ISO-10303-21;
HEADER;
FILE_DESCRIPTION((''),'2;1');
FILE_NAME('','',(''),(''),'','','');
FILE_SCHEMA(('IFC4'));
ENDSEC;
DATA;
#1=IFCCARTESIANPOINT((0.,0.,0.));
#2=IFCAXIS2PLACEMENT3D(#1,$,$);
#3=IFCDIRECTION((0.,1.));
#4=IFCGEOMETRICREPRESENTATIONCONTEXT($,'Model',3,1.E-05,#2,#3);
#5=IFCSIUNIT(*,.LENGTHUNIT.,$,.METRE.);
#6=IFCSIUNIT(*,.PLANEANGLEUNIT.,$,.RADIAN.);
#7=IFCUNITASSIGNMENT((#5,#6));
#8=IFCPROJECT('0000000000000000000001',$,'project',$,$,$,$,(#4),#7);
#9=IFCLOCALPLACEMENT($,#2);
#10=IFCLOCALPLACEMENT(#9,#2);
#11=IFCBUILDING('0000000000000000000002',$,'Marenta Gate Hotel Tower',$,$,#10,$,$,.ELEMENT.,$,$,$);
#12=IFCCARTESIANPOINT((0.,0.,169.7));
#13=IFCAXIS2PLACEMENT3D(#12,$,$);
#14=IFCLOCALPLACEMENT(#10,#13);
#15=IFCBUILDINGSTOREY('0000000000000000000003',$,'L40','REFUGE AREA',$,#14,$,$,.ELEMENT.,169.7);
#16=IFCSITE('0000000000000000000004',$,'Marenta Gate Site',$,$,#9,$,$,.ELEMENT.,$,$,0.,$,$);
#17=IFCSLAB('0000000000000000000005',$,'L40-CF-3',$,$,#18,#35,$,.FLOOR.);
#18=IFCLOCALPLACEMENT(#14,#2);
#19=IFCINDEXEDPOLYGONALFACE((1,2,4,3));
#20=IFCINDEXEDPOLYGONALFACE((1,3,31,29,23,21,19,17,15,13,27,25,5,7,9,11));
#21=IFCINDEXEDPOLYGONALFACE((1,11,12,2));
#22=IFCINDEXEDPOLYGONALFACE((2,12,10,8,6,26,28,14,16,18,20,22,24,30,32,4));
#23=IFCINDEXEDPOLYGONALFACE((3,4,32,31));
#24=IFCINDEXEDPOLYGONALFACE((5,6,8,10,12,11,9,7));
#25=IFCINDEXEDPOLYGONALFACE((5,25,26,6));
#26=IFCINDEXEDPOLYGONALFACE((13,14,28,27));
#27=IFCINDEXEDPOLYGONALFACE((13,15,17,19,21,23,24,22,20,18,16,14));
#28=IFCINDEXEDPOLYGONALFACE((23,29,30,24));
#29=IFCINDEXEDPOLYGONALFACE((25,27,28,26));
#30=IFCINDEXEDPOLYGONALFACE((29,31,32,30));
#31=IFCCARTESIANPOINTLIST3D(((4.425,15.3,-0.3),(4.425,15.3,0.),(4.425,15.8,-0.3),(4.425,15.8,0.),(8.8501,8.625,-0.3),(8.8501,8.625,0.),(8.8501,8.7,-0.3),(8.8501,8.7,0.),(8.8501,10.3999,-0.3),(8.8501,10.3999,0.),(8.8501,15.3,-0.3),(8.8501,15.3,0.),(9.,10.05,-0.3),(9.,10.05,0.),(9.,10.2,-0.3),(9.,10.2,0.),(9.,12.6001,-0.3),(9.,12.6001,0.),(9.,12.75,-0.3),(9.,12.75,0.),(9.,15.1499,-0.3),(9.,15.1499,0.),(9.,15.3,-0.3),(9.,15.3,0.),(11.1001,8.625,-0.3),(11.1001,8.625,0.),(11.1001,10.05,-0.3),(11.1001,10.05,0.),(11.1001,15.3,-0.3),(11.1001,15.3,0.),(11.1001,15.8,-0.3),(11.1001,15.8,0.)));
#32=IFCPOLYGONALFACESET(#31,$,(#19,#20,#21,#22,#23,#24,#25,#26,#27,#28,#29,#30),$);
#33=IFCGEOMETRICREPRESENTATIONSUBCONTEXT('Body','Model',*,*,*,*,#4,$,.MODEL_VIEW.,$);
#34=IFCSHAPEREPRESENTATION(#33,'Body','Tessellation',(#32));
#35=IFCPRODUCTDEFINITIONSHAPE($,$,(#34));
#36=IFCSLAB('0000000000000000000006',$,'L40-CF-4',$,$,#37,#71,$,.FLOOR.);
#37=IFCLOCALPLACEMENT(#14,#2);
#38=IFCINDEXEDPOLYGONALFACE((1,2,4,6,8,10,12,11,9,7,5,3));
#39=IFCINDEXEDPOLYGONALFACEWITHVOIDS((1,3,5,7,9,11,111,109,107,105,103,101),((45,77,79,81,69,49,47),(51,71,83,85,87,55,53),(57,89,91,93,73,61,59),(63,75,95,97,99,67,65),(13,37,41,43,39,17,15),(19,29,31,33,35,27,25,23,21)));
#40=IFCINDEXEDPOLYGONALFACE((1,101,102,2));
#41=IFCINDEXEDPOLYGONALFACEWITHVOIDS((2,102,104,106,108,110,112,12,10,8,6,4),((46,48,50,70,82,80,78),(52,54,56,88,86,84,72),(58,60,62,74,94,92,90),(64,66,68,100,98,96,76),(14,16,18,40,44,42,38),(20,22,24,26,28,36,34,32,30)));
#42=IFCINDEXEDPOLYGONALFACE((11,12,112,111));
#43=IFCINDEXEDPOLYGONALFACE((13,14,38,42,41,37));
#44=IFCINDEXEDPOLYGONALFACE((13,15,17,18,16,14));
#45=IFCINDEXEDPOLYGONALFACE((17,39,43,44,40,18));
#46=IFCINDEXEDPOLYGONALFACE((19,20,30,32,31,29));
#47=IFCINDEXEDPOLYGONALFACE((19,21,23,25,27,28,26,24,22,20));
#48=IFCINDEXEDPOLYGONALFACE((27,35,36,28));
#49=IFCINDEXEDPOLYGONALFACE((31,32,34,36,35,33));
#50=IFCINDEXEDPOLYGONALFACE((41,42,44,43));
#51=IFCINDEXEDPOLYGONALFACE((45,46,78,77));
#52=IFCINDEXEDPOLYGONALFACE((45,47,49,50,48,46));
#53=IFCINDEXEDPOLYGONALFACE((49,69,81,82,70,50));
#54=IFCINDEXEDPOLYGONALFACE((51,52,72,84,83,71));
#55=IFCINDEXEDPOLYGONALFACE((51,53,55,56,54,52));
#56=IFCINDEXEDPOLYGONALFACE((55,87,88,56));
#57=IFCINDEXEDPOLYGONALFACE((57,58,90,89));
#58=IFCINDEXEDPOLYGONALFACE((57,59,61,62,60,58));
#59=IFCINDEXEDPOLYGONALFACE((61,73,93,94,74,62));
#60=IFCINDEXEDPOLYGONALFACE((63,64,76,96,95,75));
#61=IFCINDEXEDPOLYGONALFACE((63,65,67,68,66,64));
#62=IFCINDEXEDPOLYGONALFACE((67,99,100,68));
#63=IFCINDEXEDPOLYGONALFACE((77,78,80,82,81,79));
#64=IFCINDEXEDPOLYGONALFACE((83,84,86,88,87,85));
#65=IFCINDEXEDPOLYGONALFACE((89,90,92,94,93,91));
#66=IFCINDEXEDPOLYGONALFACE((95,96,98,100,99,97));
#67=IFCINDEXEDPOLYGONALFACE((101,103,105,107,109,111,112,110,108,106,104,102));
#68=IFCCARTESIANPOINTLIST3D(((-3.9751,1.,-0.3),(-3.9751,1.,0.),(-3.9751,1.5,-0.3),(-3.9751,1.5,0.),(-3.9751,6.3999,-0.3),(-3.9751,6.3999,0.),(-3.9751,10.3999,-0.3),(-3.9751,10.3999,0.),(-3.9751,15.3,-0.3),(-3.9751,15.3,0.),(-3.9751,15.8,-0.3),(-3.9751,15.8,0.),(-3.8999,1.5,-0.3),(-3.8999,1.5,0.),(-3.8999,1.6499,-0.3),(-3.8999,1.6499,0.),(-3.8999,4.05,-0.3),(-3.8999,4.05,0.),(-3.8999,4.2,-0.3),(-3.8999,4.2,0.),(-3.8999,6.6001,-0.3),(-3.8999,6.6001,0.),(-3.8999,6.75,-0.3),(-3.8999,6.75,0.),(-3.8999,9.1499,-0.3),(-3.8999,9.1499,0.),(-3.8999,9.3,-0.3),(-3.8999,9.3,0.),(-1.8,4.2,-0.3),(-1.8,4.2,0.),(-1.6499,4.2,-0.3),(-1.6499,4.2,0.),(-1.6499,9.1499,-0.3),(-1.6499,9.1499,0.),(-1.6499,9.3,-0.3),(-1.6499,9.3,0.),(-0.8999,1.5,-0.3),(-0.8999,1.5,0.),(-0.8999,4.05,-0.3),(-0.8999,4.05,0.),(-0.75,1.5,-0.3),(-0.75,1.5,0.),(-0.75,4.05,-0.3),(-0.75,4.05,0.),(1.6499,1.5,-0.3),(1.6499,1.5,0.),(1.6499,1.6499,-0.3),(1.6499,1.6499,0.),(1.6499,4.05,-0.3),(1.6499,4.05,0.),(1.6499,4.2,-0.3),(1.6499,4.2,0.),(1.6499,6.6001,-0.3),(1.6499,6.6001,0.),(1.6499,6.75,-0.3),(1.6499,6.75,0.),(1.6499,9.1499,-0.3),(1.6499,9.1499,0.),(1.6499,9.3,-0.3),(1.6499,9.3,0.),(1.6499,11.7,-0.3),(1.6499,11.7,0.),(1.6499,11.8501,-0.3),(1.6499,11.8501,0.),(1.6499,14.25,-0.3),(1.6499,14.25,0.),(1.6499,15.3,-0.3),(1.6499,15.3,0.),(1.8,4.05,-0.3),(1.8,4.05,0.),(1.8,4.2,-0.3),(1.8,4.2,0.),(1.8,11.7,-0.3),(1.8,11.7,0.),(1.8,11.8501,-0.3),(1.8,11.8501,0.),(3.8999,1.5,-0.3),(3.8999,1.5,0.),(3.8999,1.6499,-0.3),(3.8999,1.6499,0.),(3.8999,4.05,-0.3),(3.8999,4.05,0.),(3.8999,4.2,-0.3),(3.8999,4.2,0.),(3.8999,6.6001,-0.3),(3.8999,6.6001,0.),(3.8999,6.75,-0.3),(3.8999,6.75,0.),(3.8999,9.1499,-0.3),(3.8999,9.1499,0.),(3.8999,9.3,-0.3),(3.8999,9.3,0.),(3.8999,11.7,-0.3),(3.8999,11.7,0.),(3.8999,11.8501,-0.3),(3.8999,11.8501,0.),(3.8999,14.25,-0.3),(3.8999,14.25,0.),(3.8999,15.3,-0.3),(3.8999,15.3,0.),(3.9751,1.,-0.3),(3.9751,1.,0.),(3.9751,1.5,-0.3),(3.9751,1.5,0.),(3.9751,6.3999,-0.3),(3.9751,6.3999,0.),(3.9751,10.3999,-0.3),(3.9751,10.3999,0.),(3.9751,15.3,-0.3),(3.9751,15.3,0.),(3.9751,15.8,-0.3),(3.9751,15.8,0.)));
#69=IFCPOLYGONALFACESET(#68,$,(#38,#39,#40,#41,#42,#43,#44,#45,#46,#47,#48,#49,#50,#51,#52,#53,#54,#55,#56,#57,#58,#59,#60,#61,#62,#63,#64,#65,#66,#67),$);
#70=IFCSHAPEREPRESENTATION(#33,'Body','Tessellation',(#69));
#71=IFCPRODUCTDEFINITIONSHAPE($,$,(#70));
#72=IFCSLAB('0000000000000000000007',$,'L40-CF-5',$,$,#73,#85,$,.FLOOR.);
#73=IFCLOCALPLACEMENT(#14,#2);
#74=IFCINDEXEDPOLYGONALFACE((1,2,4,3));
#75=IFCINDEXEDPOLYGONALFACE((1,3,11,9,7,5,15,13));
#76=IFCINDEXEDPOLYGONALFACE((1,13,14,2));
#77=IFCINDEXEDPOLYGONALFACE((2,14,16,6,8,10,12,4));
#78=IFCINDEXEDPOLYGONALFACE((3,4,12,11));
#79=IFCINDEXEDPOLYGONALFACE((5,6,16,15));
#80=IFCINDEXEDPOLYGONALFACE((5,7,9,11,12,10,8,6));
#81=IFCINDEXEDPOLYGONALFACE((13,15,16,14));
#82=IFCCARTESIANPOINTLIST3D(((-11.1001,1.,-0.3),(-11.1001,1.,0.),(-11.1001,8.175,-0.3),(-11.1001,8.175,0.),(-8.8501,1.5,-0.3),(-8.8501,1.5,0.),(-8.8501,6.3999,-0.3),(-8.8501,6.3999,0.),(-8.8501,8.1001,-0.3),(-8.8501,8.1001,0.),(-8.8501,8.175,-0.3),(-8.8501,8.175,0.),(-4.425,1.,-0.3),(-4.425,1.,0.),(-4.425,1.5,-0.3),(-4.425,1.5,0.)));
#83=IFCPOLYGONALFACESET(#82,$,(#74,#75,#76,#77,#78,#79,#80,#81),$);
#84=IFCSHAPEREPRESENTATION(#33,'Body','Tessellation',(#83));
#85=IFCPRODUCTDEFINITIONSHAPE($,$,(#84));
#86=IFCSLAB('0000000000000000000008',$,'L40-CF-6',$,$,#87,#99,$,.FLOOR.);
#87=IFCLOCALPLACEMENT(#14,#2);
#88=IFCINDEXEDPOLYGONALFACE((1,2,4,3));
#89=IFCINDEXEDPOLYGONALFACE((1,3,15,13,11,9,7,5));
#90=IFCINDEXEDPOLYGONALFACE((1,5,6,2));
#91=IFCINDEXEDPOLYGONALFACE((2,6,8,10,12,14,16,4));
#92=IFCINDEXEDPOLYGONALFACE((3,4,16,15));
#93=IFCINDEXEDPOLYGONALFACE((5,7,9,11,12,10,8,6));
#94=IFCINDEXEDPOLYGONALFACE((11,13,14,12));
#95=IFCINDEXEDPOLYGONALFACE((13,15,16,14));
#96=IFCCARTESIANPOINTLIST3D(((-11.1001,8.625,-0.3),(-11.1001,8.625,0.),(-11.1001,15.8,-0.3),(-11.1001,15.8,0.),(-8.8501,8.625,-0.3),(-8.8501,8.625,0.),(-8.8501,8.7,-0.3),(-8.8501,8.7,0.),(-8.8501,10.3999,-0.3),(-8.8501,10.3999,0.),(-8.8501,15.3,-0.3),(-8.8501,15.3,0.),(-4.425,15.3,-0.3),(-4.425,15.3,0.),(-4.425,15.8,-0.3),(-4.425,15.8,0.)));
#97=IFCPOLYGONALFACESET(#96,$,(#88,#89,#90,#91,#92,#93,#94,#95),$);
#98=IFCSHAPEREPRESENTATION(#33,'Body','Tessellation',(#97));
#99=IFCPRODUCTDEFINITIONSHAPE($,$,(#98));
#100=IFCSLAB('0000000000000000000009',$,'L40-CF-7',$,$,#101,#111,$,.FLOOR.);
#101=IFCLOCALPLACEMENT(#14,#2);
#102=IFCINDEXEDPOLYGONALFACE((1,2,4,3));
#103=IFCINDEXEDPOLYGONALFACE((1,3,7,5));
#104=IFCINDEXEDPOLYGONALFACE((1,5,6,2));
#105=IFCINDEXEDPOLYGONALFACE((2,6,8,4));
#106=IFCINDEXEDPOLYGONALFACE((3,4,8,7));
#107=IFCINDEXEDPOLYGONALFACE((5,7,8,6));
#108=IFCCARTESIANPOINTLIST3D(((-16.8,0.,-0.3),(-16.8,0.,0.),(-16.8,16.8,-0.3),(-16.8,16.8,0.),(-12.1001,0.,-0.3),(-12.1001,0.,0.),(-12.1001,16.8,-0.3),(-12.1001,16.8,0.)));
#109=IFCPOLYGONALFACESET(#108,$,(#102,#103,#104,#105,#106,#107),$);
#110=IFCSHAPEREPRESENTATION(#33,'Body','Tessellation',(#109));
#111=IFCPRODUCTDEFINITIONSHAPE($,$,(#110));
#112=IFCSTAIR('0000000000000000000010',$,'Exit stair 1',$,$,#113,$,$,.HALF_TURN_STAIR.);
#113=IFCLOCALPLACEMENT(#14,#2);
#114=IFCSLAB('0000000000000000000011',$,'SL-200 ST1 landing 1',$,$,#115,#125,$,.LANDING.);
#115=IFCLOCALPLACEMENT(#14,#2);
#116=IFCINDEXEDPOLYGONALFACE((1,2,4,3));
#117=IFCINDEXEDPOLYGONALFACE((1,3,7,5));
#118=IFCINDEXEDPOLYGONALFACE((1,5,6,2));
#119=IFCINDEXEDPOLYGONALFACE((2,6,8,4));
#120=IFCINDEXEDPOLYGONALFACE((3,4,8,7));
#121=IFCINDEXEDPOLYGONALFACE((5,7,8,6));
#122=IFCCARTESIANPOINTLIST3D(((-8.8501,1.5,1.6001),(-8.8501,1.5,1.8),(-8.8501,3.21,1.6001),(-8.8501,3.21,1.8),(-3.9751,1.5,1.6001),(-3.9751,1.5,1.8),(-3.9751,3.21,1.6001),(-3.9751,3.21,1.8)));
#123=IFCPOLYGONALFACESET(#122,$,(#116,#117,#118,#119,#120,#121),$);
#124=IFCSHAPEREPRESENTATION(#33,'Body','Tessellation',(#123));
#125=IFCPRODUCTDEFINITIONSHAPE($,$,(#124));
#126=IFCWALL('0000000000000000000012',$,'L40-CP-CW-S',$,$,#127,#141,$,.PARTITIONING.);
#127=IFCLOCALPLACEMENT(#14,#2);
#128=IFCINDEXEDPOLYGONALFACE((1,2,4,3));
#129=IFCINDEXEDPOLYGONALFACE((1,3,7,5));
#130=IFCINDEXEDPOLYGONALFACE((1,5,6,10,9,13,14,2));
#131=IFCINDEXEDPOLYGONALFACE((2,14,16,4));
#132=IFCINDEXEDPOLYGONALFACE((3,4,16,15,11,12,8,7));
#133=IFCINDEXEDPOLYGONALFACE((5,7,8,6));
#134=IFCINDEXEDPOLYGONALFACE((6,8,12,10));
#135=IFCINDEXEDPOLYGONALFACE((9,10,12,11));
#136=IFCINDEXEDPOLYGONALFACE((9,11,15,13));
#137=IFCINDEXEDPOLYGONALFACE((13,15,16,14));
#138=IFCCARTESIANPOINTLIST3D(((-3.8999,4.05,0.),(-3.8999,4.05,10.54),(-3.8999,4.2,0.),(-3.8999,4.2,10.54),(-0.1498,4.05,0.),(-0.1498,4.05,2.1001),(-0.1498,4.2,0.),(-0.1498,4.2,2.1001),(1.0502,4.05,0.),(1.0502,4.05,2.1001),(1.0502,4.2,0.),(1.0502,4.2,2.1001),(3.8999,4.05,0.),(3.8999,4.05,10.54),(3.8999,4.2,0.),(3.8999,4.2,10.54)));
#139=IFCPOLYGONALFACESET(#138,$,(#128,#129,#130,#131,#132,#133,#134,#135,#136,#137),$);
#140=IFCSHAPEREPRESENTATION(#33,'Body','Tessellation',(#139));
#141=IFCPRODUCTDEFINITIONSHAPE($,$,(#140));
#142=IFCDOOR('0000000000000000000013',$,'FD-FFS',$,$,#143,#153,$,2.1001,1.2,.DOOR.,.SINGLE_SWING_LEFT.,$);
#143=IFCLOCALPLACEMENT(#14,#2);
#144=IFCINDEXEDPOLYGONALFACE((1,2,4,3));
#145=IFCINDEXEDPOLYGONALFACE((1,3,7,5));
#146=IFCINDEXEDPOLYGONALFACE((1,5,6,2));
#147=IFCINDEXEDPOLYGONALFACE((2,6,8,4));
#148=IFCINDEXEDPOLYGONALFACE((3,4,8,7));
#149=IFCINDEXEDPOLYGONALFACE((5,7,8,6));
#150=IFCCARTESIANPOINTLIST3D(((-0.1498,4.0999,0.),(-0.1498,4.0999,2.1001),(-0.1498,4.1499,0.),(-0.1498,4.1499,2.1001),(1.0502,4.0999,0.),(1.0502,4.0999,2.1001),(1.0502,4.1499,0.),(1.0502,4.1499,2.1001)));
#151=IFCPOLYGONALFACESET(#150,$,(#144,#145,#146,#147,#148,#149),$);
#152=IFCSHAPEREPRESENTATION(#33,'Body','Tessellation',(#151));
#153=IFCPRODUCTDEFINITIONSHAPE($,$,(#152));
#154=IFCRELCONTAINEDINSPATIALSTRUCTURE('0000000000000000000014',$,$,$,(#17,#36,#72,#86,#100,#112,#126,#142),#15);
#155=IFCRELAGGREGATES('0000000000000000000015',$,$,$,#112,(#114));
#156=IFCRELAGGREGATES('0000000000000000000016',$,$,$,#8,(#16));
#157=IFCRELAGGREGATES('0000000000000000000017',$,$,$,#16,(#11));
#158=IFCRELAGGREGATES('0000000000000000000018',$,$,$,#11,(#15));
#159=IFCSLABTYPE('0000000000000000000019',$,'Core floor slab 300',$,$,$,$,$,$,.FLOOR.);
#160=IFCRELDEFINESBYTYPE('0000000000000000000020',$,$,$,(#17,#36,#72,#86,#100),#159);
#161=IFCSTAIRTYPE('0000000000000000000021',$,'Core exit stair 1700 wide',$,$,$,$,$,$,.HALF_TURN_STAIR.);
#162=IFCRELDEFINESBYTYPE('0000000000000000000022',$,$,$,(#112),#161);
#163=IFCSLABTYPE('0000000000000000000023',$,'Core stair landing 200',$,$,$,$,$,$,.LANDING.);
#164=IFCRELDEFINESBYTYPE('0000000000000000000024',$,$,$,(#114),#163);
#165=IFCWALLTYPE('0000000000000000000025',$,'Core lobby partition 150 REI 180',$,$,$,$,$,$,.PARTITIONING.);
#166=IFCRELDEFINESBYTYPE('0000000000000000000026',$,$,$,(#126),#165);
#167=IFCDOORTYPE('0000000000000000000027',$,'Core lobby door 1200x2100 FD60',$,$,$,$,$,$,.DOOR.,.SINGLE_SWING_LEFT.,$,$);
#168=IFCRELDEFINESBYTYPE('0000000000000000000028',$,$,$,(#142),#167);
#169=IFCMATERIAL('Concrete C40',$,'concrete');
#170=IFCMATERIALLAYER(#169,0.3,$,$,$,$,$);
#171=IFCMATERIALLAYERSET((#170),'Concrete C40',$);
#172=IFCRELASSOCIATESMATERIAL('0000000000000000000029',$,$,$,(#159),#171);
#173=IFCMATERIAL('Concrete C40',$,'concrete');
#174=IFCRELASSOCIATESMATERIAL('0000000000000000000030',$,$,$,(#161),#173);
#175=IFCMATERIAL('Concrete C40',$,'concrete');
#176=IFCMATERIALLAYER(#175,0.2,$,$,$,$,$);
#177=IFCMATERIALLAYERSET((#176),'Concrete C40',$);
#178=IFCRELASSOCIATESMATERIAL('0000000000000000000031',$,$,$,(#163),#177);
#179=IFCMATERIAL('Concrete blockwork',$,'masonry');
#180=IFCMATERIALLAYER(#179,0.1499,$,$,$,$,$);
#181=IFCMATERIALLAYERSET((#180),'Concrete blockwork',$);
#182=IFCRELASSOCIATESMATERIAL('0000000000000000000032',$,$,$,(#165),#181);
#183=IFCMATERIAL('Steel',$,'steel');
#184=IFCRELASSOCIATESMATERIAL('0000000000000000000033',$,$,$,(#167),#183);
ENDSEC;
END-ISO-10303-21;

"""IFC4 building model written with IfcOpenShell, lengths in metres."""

from ifc_helpers import new_model, si_unit, direction, frame, frame_2d, origin, place, context, subcontext, project, spatial, polyline, rectangle, outline, extrude, material, layer, layer_set, type_object, element, fill, aggregate, save


model = new_model("IFC4")

# Units and contexts
model_context = context("Model", 3, precision=1e-05, world=origin(), true_north=direction((0.0, 1.0)))
body_context = subcontext(model_context, "Body", "Model", "MODEL_VIEW")
ifc_project = project(units=[si_unit("LENGTHUNIT", "METRE"), si_unit("PLANEANGLEUNIT", "RADIAN")], contexts=[model_context])

# Site, building, storey
site_placement = place(None, origin())
site = spatial("IfcSite", under=ifc_project, at=site_placement, Name="Marenta Gate Site", CompositionType="ELEMENT", RefElevation=0.0)
building_placement = place(site_placement, origin())
building = spatial("IfcBuilding", under=site, at=building_placement, Name="Marenta Gate Hotel Tower", CompositionType="ELEMENT")
storey_placement = place(building_placement, frame((0.0, 0.0, 169.7)))
storey = spatial("IfcBuildingStorey", under=building, at=storey_placement, Name="L40", Description="REFUGE AREA", CompositionType="ELEMENT", Elevation=169.7)

# Slabs
ifc_material_1 = material(Name="Concrete C40", Category="concrete")
ifc_layer_1 = layer(ifc_material_1, 0.3)
ifc_layer_set_1 = layer_set([ifc_layer_1], Name="Concrete C40")
slab_type_1 = type_object("IfcSlabType", Name="Core floor slab 300", PredefinedType="FLOOR", material=ifc_layer_set_1)
slab_1_placement = place(storey_placement, frame((0.0, 0.0, -0.3)))
element("IfcSlab", 1, at=slab_1_placement, inside=storey, type_object=slab_type_1, Name="L40-CF-3", PredefinedType="FLOOR", context=body_context, shape_type="SweptSolid", body=[
    extrude(outline(polyline([(8.8501, 15.3), (4.425, 15.3), (4.425, 15.8), (11.1001, 15.8), (11.1001, 15.3), (9.0, 15.3), (9.0, 15.1499), (9.0, 12.75), (9.0, 12.6001), (9.0, 10.2), (9.0, 10.05), (11.1001, 10.05), (11.1001, 8.625), (8.8501, 8.625), (8.8501, 8.7), (8.8501, 10.3999), (8.8501, 15.3)])), origin(), (0.0, 0.0, 1.0), 0.3),
])
slab_2_placement = place(storey_placement, frame((0.0, 0.0, -0.3)))
element("IfcSlab", 2, at=slab_2_placement, inside=storey, type_object=slab_type_1, Name="L40-CF-4", PredefinedType="FLOOR", context=body_context, shape_type="SweptSolid", body=[
    extrude(outline(polyline([(3.9751, 15.3), (3.9751, 10.3999), (3.9751, 6.3999), (3.9751, 1.5), (3.9751, 1.0), (-3.9751, 1.0), (-3.9751, 1.5), (-3.9751, 6.3999), (-3.9751, 10.3999), (-3.9751, 15.3), (-3.9751, 15.8), (3.9751, 15.8), (3.9751, 15.3)]), holes=[polyline([(1.6499, 1.5), (3.8999, 1.5), (3.8999, 1.6499), (3.8999, 4.05), (1.8, 4.05), (1.6499, 4.05), (1.6499, 1.6499), (1.6499, 1.5)]), polyline([(1.6499, 6.6001), (1.6499, 4.2), (1.8, 4.2), (3.8999, 4.2), (3.8999, 6.6001), (3.8999, 6.75), (1.6499, 6.75), (1.6499, 6.6001)]), polyline([(1.6499, 9.1499), (3.8999, 9.1499), (3.8999, 9.3), (3.8999, 11.7), (1.8, 11.7), (1.6499, 11.7), (1.6499, 9.3), (1.6499, 9.1499)]), polyline([(1.6499, 15.3), (1.6499, 14.25), (1.6499, 11.8501), (1.8, 11.8501), (3.8999, 11.8501), (3.8999, 14.25), (3.8999, 15.3), (1.6499, 15.3)]), polyline([(-3.8999, 4.05), (-3.8999, 1.6499), (-3.8999, 1.5), (-0.8999, 1.5), (-0.75, 1.5), (-0.75, 4.05), (-0.8999, 4.05), (-3.8999, 4.05)]), polyline([(-1.8, 4.2), (-1.6499, 4.2), (-1.6499, 9.1499), (-1.6499, 9.3), (-3.8999, 9.3), (-3.8999, 9.1499), (-3.8999, 6.75), (-3.8999, 6.6001), (-3.8999, 4.2), (-1.8, 4.2)])]), origin(), (0.0, 0.0, 1.0), 0.3),
])
slab_3_placement = place(storey_placement, frame((0.0, 0.0, -0.3)))
element("IfcSlab", 3, at=slab_3_placement, inside=storey, type_object=slab_type_1, Name="L40-CF-5", PredefinedType="FLOOR", context=body_context, shape_type="SweptSolid", body=[
    extrude(outline(polyline([(-8.8501, 8.175), (-8.8501, 8.1001), (-8.8501, 6.3999), (-8.8501, 1.5), (-4.425, 1.5), (-4.425, 1.0), (-11.1001, 1.0), (-11.1001, 8.175), (-8.8501, 8.175)])), origin(), (0.0, 0.0, 1.0), 0.3),
])
slab_4_placement = place(storey_placement, frame((0.0, 0.0, -0.3)))
element("IfcSlab", 4, at=slab_4_placement, inside=storey, type_object=slab_type_1, Name="L40-CF-6", PredefinedType="FLOOR", context=body_context, shape_type="SweptSolid", body=[
    extrude(outline(polyline([(-4.425, 15.3), (-8.8501, 15.3), (-8.8501, 10.3999), (-8.8501, 8.7), (-8.8501, 8.625), (-11.1001, 8.625), (-11.1001, 15.8), (-4.425, 15.8), (-4.425, 15.3)])), origin(), (0.0, 0.0, 1.0), 0.3),
])
slab_5_placement = place(storey_placement, frame((0.0, 0.0, -0.3)))
element("IfcSlab", 5, at=slab_5_placement, inside=storey, type_object=slab_type_1, Name="L40-CF-7", PredefinedType="FLOOR", context=body_context, shape_type="SweptSolid", body=[
    extrude(outline(polyline([(-12.1001, 16.8), (-12.1001, 0.0), (-16.8, 0.0), (-16.8, 16.8), (-12.1001, 16.8)])), origin(), (0.0, 0.0, 1.0), 0.3),
])

# Stair, slab
ifc_material_2 = material(Name="Concrete C40", Category="concrete")
stair_type = type_object("IfcStairType", Name="Core exit stair 1700 wide", PredefinedType="HALF_TURN_STAIR", material=ifc_material_2)
stair_placement = place(storey_placement, origin())
stair = element("IfcStair", 6, at=stair_placement, inside=storey, type_object=stair_type, Name="Exit stair 1", PredefinedType="HALF_TURN_STAIR")
ifc_material_3 = material(Name="Concrete C40", Category="concrete")
ifc_layer_2 = layer(ifc_material_3, 0.2)
ifc_layer_set_2 = layer_set([ifc_layer_2], Name="Concrete C40")
slab_type_2 = type_object("IfcSlabType", Name="Core stair landing 200", PredefinedType="LANDING", material=ifc_layer_set_2)
slab_6_placement = place(storey_placement, frame((0.0, 0.0, 1.6001)))
slab_6 = element("IfcSlab", 7, at=slab_6_placement, type_object=slab_type_2, Name="SL-200 ST1 landing 1", PredefinedType="LANDING", context=body_context, shape_type="SweptSolid", body=[
    extrude(outline(polyline([(-8.8501, 1.5), (-3.9751, 1.5), (-3.9751, 3.21), (-8.8501, 3.21), (-8.8501, 1.5)])), origin(), (0.0, 0.0, 1.0), 0.2),
])

# Wall, opening, door
ifc_material_4 = material(Name="Concrete blockwork", Category="masonry")
ifc_layer_3 = layer(ifc_material_4, 0.1499)
ifc_layer_set_3 = layer_set([ifc_layer_3], Name="Concrete blockwork")
wall_type_1 = type_object("IfcWallType", Name="Core lobby partition 150 REI 180", PredefinedType="PARTITIONING", material=ifc_layer_set_3)
wall_1_placement = place(storey_placement, frame((-3.8999, 4.125, 0.0), z_axis=(0.0, 0.0, 1.0), x_axis=(1.0, 0.0, 0.0)))
wall_1 = element("IfcWall", 8, at=wall_1_placement, inside=storey, type_object=wall_type_1, Name="L40-CP-CW-S", PredefinedType="PARTITIONING", context=body_context, shape_type="SweptSolid", body=[
    extrude(rectangle(XDim=7.7998, YDim=0.1499, at=frame_2d((3.8999, 0.0))), origin(), (0.0, 0.0, 1.0), 10.54),
])
opening_1_placement = place(wall_1_placement, frame((3.75, 0.0, 0.0)))
opening_1 = element("IfcOpeningElement", 9, at=opening_1_placement, cuts=wall_1, PredefinedType="OPENING", context=body_context, shape_type="SweptSolid", body=[
    extrude(rectangle(XDim=1.2, YDim=2.1001, at=frame_2d((0.6001, 1.05))), frame((0.0, 0.075, 0.0), z_axis=(0.0, -1.0, 0.0), x_axis=(1.0, 0.0, 0.0)), (0.0, 0.0, 1.0), 0.1499),
])
ifc_material_5 = material(Name="Steel", Category="steel")
door_type_1 = type_object("IfcDoorType", Name="Core lobby door 1200x2100 FD60", OperationType="SINGLE_SWING_LEFT", PredefinedType="DOOR", material=ifc_material_5)
door_1_placement = place(opening_1_placement, origin())
door_1 = element("IfcDoor", 10, at=door_1_placement, inside=storey, type_object=door_type_1, Name="FD-FFS", OperationType="SINGLE_SWING_LEFT", OverallHeight=2.1001, OverallWidth=1.2, PredefinedType="DOOR", context=body_context, shape_type="SweptSolid", body=[
    extrude(rectangle(XDim=1.2, YDim=2.1001, at=frame_2d((0.6001, 1.05))), frame((0.0, 0.0249, 0.0), z_axis=(0.0, -1.0, 0.0), x_axis=(1.0, 0.0, 0.0)), (0.0, 0.0, 1.0), 0.05),
])
fill(opening_1, door_1)

aggregate(stair, [slab_6])

save(model, "model.ifc")
